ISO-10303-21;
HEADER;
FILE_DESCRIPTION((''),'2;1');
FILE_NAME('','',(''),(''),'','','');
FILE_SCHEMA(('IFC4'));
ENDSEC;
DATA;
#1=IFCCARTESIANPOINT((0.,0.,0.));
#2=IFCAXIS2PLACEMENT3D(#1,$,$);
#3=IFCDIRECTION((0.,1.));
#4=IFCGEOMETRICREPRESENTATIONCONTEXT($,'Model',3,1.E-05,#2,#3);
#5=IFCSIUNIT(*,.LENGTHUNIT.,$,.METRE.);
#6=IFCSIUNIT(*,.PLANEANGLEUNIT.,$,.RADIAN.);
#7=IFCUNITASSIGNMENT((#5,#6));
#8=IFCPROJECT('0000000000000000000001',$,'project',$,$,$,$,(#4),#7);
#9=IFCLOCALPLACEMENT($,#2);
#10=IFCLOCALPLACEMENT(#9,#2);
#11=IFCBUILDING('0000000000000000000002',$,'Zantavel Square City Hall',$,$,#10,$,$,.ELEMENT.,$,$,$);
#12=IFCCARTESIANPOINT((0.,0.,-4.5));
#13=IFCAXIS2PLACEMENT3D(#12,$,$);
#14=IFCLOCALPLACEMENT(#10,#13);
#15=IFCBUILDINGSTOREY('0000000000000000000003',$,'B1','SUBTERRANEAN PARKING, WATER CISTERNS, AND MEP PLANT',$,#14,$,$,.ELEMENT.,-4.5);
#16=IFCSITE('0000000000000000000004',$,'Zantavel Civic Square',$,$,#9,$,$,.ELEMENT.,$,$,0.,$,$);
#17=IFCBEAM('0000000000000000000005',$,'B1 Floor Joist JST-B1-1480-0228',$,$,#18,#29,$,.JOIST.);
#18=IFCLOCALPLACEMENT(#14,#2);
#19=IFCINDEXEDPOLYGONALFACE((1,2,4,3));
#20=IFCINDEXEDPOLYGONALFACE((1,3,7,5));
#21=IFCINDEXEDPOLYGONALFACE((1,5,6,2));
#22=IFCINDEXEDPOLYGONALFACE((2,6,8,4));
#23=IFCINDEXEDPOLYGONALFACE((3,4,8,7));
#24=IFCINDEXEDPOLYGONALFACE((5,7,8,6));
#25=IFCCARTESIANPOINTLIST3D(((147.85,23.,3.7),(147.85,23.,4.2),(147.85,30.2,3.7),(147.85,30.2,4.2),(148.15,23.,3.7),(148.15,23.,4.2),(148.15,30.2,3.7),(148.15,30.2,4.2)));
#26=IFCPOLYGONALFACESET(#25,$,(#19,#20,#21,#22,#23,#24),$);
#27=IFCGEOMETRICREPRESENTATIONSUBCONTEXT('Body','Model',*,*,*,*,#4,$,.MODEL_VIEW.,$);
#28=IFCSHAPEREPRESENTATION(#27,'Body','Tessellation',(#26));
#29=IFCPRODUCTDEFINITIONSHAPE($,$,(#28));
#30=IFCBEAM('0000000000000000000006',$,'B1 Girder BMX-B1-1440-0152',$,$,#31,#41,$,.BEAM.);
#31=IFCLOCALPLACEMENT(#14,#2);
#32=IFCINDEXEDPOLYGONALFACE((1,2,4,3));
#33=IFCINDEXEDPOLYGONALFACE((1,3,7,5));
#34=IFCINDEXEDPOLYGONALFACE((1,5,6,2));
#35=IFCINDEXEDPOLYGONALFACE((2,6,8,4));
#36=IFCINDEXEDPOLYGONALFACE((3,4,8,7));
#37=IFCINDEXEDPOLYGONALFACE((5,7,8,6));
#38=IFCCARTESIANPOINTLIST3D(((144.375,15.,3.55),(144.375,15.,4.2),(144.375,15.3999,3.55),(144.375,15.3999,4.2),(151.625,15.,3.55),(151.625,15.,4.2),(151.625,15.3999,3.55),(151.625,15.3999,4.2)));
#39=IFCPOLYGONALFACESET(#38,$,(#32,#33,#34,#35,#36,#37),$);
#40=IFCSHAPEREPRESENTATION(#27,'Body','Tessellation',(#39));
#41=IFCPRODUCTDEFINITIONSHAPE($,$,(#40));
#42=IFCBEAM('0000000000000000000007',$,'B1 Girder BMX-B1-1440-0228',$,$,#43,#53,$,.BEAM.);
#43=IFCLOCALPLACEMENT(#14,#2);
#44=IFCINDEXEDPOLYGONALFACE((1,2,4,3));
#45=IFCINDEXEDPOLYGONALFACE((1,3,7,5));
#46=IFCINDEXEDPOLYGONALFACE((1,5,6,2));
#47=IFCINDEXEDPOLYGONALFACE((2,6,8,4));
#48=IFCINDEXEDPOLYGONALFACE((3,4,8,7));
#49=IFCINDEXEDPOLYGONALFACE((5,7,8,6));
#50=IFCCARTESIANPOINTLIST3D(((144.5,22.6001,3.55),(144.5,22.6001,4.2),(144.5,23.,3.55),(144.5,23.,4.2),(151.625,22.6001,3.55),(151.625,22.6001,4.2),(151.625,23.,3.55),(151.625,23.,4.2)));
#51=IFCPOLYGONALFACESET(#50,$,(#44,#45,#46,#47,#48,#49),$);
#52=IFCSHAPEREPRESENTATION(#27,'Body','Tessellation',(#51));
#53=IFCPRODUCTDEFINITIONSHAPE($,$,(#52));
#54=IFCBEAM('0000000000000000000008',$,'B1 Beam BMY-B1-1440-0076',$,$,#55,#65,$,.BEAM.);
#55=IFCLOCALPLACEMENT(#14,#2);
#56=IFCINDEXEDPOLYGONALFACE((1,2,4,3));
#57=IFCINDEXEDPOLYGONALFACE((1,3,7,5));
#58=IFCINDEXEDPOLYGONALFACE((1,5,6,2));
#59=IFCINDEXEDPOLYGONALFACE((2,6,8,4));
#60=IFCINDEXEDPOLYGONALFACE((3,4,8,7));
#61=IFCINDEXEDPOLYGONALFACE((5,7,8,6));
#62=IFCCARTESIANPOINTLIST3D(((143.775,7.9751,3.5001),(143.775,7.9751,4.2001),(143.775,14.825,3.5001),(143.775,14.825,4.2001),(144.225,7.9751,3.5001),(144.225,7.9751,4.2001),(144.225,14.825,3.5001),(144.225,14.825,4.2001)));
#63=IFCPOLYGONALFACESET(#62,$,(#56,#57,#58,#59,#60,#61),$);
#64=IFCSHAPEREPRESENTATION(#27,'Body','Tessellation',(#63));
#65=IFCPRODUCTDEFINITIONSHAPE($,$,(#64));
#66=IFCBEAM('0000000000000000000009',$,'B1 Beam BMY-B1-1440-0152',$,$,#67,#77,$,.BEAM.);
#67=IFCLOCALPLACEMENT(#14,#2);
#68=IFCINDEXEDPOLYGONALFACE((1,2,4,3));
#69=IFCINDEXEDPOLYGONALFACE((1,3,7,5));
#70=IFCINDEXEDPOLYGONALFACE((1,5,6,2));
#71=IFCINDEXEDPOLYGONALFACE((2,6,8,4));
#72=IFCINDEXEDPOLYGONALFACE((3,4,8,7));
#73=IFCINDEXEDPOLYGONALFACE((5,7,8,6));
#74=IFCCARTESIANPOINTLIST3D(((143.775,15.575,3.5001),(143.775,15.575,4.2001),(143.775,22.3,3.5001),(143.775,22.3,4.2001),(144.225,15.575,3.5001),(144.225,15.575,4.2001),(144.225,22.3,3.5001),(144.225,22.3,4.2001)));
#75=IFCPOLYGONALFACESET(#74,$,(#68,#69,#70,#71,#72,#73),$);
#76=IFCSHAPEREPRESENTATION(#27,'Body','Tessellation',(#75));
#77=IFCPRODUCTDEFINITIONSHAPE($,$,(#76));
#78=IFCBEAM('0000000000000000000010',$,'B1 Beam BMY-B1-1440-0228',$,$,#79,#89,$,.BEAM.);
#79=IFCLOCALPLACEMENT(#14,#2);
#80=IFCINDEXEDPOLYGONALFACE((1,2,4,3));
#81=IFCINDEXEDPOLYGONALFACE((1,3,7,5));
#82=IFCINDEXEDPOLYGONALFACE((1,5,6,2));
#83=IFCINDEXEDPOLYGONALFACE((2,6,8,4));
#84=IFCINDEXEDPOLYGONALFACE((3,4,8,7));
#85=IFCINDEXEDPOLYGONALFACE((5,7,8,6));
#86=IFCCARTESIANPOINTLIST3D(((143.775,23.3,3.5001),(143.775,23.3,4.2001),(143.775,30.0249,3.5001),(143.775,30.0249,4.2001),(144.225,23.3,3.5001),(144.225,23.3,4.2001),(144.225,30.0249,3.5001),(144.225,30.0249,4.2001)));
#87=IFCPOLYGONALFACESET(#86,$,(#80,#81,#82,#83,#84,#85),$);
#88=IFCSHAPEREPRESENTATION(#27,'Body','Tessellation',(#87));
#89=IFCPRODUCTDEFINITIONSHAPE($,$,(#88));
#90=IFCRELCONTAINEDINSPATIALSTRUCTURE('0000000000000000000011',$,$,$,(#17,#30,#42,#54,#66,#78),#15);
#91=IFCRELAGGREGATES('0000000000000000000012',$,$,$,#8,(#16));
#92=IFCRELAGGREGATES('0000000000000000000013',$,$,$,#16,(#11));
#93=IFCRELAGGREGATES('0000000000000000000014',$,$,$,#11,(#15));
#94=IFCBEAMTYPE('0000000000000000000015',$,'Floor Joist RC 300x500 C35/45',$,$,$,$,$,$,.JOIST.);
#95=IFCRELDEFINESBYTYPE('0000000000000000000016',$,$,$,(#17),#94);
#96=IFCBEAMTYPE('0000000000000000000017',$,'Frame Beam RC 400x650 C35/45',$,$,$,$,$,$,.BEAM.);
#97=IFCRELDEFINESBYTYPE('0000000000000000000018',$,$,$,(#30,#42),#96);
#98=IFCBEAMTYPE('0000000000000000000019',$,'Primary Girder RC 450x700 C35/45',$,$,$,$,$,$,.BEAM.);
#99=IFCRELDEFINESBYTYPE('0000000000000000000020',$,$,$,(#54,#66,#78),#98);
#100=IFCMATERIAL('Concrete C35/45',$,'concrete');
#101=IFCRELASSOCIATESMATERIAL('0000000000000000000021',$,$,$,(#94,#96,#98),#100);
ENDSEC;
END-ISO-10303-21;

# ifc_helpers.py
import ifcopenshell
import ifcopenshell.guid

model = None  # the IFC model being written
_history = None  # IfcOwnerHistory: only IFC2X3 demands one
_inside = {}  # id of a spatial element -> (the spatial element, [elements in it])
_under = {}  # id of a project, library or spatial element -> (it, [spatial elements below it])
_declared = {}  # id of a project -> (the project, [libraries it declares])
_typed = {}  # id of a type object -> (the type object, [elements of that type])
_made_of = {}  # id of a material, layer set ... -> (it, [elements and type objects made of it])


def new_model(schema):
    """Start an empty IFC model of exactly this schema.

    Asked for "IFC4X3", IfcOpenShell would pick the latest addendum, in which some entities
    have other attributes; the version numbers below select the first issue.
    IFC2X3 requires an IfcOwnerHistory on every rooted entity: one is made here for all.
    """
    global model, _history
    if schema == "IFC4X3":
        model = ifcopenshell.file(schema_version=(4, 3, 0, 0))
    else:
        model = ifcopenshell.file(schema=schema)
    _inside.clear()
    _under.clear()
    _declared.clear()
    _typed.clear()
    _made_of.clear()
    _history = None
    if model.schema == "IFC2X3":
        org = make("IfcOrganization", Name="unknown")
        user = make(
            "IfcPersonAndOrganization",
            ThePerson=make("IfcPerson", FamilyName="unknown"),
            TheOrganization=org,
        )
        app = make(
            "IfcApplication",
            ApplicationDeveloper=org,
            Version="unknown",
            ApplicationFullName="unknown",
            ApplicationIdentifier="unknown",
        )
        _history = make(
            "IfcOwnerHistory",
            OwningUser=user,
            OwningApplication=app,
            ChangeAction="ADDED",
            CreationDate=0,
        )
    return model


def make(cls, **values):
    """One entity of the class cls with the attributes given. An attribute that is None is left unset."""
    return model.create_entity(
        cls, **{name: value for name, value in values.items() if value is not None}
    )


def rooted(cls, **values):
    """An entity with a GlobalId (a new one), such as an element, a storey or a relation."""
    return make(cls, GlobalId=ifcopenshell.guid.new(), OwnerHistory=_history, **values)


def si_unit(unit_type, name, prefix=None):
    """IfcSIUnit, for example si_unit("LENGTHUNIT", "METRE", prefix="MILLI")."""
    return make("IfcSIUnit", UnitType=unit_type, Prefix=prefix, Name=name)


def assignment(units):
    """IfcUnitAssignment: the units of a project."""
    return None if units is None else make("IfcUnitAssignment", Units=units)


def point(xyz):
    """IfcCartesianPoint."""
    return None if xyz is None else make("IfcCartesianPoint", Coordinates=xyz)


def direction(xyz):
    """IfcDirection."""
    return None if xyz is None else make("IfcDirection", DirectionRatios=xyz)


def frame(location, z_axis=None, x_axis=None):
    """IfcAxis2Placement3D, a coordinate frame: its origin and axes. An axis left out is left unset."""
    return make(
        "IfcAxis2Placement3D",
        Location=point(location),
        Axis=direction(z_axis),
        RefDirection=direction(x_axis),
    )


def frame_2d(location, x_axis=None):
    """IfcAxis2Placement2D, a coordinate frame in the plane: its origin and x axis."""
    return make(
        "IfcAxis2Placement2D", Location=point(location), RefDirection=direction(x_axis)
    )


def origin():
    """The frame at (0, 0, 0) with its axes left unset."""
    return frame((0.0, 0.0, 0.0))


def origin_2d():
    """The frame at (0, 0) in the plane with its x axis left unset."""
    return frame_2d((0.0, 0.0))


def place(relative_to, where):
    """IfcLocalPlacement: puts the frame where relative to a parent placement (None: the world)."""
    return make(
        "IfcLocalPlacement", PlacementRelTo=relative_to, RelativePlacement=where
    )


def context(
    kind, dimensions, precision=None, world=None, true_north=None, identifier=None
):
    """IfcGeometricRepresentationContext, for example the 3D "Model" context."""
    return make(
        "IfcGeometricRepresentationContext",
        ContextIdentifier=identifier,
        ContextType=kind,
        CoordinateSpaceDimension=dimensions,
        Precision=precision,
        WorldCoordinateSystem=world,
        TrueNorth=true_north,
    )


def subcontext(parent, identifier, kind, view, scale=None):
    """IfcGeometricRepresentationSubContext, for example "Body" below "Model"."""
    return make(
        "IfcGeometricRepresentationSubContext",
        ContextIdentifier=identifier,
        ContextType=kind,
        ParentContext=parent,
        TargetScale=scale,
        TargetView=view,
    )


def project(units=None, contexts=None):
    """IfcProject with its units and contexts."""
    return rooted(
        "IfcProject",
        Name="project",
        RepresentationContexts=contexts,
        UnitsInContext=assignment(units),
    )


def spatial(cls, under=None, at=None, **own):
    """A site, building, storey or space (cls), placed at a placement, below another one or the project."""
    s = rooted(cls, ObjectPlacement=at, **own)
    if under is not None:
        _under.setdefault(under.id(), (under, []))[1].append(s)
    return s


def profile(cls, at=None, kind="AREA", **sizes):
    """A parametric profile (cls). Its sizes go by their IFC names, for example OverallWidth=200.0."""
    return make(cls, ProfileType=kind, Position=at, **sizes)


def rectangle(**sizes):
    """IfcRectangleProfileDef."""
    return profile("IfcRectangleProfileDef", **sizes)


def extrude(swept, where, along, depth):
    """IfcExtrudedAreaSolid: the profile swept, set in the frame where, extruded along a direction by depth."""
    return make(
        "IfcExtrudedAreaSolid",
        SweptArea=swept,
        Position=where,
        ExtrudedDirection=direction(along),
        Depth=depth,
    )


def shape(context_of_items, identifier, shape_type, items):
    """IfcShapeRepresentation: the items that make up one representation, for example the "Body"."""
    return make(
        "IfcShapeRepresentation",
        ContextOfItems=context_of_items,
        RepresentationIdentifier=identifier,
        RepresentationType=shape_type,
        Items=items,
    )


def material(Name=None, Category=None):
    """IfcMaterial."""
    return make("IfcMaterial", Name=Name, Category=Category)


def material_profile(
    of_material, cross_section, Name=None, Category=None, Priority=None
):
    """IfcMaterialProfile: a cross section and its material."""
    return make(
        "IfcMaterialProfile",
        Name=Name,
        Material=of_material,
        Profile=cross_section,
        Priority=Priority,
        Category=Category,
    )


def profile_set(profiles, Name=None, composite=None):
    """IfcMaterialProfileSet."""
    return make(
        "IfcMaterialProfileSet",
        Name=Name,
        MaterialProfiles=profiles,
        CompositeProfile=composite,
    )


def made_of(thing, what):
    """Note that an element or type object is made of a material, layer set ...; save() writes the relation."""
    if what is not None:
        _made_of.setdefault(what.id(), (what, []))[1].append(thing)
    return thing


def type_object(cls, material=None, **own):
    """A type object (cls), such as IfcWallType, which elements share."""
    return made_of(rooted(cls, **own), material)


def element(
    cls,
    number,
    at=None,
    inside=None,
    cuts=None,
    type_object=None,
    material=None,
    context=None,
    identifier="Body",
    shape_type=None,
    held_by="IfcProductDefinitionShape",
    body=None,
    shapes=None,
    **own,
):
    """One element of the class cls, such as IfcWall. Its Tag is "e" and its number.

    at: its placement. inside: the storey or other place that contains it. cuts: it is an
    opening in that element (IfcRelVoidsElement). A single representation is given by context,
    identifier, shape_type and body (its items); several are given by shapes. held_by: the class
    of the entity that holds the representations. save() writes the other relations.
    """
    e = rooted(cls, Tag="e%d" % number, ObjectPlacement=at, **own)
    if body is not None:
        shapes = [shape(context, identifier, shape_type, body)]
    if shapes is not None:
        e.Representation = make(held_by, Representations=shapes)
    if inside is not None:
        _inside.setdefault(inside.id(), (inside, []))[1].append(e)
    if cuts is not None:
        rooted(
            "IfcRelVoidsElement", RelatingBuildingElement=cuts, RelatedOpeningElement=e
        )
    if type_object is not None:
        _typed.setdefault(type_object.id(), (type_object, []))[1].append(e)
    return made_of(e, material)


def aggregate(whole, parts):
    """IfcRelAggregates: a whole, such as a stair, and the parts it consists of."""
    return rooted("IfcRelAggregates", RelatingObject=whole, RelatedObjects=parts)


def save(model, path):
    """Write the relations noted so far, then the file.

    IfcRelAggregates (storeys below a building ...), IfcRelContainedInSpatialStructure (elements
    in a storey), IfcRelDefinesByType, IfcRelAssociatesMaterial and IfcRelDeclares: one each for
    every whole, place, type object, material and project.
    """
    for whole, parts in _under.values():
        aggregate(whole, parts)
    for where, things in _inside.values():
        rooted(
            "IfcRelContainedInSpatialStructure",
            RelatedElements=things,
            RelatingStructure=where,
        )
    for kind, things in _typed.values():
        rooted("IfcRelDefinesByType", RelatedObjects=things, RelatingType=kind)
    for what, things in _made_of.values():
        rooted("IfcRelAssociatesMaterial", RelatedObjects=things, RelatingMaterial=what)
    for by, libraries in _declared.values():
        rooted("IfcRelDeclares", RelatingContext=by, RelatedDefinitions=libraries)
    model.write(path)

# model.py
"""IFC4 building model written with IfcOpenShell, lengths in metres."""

from ifc_helpers import new_model, si_unit, direction, frame, origin, origin_2d, place, context, subcontext, project, spatial, rectangle, extrude, material, material_profile, profile_set, type_object, element, save


model = new_model("IFC4")

# Units and contexts
model_context = context("Model", 3, precision=1e-05, world=origin(), true_north=direction((0.0, 1.0)))
body_context = subcontext(model_context, "Body", "Model", "MODEL_VIEW")
ifc_project = project(units=[si_unit("LENGTHUNIT", "METRE"), si_unit("PLANEANGLEUNIT", "RADIAN")], contexts=[model_context])

# Site, building, storey
site_placement = place(None, origin())
site = spatial("IfcSite", under=ifc_project, at=site_placement, Name="Zantavel Civic Square", CompositionType="ELEMENT", RefElevation=0.0)
building_placement = place(site_placement, origin())
building = spatial("IfcBuilding", under=site, at=building_placement, Name="Zantavel Square City Hall", CompositionType="ELEMENT")
storey_placement = place(building_placement, frame((0.0, 0.0, -4.5)))
storey = spatial("IfcBuildingStorey", under=building, at=storey_placement, Name="B1", Description="SUBTERRANEAN PARKING, WATER CISTERNS, AND MEP PLANT", CompositionType="ELEMENT", Elevation=-4.5)

# Shared definitions
ifc_material_1 = material(Name="Concrete C35/45", Category="concrete")

# Beams
ifc_material_profile_1 = material_profile(ifc_material_1, rectangle(XDim=0.3, YDim=0.5, at=origin_2d()), Name="RC 300x500")
ifc_profile_set_1 = profile_set([ifc_material_profile_1], Name="Concrete C35/45")
beam_type_1 = type_object("IfcBeamType", Name="Floor Joist RC 300x500 C35/45", PredefinedType="JOIST", material=ifc_profile_set_1)
beam_1_placement = place(storey_placement, frame((148.0, 23.0, 3.95), z_axis=(0.0, 1.0, 0.0), x_axis=(-1.0, 0.0, 0.0)))
element("IfcBeam", 1, at=beam_1_placement, inside=storey, type_object=beam_type_1, Name="B1 Floor Joist JST-B1-1480-0228", PredefinedType="JOIST", context=body_context, shape_type="SweptSolid", body=[
    extrude(rectangle(XDim=0.3, YDim=0.5, at=origin_2d()), origin(), (0.0, 0.0, 1.0), 7.2),
])
ifc_material_profile_2 = material_profile(ifc_material_1, rectangle(XDim=0.3999, YDim=0.6499, at=origin_2d()), Name="RC 400x650")
ifc_profile_set_2 = profile_set([ifc_material_profile_2], Name="Concrete C35/45")
beam_type_2 = type_object("IfcBeamType", Name="Frame Beam RC 400x650 C35/45", PredefinedType="BEAM", material=ifc_profile_set_2)
beam_2_placement = place(storey_placement, frame((144.375, 15.2, 3.875), z_axis=(1.0, 0.0, 0.0), x_axis=(0.0, 1.0, 0.0)))
element("IfcBeam", 2, at=beam_2_placement, inside=storey, type_object=beam_type_2, Name="B1 Girder BMX-B1-1440-0152", PredefinedType="BEAM", context=body_context, shape_type="SweptSolid", body=[
    extrude(rectangle(XDim=0.3999, YDim=0.6499, at=origin_2d()), origin(), (0.0, 0.0, 1.0), 7.25),
])
beam_3_placement = place(storey_placement, frame((144.5, 22.8, 3.875), z_axis=(1.0, 0.0, 0.0), x_axis=(0.0, 1.0, 0.0)))
element("IfcBeam", 3, at=beam_3_placement, inside=storey, type_object=beam_type_2, Name="B1 Girder BMX-B1-1440-0228", PredefinedType="BEAM", context=body_context, shape_type="SweptSolid", body=[
    extrude(rectangle(XDim=0.3999, YDim=0.6499, at=origin_2d()), origin(), (0.0, 0.0, 1.0), 7.125),
])
ifc_material_profile_3 = material_profile(ifc_material_1, rectangle(XDim=0.45, YDim=0.7, at=origin_2d()), Name="RC 450x700")
ifc_profile_set_3 = profile_set([ifc_material_profile_3], Name="Concrete C35/45")
beam_type_3 = type_object("IfcBeamType", Name="Primary Girder RC 450x700 C35/45", PredefinedType="BEAM", material=ifc_profile_set_3)
beam_4_placement = place(storey_placement, frame((144.0, 7.9751, 3.8501), z_axis=(0.0, 1.0, 0.0), x_axis=(-1.0, 0.0, 0.0)))
element("IfcBeam", 4, at=beam_4_placement, inside=storey, type_object=beam_type_3, Name="B1 Beam BMY-B1-1440-0076", PredefinedType="BEAM", context=body_context, shape_type="SweptSolid", body=[
    extrude(rectangle(XDim=0.45, YDim=0.7, at=origin_2d()), origin(), (0.0, 0.0, 1.0), 6.8499),
])
beam_5_placement = place(storey_placement, frame((144.0, 15.575, 3.8501), z_axis=(0.0, 1.0, 0.0), x_axis=(-1.0, 0.0, 0.0)))
element("IfcBeam", 5, at=beam_5_placement, inside=storey, type_object=beam_type_3, Name="B1 Beam BMY-B1-1440-0152", PredefinedType="BEAM", context=body_context, shape_type="SweptSolid", body=[
    extrude(rectangle(XDim=0.45, YDim=0.7, at=origin_2d()), origin(), (0.0, 0.0, 1.0), 6.7251),
])
beam_6_placement = place(storey_placement, frame((144.0, 23.3, 3.8501), z_axis=(0.0, 1.0, 0.0), x_axis=(-1.0, 0.0, 0.0)))
element("IfcBeam", 6, at=beam_6_placement, inside=storey, type_object=beam_type_3, Name="B1 Beam BMY-B1-1440-0228", PredefinedType="BEAM", context=body_context, shape_type="SweptSolid", body=[
    extrude(rectangle(XDim=0.45, YDim=0.7, at=origin_2d()), origin(), (0.0, 0.0, 1.0), 6.7249),
])

save(model, "model.ifc")
